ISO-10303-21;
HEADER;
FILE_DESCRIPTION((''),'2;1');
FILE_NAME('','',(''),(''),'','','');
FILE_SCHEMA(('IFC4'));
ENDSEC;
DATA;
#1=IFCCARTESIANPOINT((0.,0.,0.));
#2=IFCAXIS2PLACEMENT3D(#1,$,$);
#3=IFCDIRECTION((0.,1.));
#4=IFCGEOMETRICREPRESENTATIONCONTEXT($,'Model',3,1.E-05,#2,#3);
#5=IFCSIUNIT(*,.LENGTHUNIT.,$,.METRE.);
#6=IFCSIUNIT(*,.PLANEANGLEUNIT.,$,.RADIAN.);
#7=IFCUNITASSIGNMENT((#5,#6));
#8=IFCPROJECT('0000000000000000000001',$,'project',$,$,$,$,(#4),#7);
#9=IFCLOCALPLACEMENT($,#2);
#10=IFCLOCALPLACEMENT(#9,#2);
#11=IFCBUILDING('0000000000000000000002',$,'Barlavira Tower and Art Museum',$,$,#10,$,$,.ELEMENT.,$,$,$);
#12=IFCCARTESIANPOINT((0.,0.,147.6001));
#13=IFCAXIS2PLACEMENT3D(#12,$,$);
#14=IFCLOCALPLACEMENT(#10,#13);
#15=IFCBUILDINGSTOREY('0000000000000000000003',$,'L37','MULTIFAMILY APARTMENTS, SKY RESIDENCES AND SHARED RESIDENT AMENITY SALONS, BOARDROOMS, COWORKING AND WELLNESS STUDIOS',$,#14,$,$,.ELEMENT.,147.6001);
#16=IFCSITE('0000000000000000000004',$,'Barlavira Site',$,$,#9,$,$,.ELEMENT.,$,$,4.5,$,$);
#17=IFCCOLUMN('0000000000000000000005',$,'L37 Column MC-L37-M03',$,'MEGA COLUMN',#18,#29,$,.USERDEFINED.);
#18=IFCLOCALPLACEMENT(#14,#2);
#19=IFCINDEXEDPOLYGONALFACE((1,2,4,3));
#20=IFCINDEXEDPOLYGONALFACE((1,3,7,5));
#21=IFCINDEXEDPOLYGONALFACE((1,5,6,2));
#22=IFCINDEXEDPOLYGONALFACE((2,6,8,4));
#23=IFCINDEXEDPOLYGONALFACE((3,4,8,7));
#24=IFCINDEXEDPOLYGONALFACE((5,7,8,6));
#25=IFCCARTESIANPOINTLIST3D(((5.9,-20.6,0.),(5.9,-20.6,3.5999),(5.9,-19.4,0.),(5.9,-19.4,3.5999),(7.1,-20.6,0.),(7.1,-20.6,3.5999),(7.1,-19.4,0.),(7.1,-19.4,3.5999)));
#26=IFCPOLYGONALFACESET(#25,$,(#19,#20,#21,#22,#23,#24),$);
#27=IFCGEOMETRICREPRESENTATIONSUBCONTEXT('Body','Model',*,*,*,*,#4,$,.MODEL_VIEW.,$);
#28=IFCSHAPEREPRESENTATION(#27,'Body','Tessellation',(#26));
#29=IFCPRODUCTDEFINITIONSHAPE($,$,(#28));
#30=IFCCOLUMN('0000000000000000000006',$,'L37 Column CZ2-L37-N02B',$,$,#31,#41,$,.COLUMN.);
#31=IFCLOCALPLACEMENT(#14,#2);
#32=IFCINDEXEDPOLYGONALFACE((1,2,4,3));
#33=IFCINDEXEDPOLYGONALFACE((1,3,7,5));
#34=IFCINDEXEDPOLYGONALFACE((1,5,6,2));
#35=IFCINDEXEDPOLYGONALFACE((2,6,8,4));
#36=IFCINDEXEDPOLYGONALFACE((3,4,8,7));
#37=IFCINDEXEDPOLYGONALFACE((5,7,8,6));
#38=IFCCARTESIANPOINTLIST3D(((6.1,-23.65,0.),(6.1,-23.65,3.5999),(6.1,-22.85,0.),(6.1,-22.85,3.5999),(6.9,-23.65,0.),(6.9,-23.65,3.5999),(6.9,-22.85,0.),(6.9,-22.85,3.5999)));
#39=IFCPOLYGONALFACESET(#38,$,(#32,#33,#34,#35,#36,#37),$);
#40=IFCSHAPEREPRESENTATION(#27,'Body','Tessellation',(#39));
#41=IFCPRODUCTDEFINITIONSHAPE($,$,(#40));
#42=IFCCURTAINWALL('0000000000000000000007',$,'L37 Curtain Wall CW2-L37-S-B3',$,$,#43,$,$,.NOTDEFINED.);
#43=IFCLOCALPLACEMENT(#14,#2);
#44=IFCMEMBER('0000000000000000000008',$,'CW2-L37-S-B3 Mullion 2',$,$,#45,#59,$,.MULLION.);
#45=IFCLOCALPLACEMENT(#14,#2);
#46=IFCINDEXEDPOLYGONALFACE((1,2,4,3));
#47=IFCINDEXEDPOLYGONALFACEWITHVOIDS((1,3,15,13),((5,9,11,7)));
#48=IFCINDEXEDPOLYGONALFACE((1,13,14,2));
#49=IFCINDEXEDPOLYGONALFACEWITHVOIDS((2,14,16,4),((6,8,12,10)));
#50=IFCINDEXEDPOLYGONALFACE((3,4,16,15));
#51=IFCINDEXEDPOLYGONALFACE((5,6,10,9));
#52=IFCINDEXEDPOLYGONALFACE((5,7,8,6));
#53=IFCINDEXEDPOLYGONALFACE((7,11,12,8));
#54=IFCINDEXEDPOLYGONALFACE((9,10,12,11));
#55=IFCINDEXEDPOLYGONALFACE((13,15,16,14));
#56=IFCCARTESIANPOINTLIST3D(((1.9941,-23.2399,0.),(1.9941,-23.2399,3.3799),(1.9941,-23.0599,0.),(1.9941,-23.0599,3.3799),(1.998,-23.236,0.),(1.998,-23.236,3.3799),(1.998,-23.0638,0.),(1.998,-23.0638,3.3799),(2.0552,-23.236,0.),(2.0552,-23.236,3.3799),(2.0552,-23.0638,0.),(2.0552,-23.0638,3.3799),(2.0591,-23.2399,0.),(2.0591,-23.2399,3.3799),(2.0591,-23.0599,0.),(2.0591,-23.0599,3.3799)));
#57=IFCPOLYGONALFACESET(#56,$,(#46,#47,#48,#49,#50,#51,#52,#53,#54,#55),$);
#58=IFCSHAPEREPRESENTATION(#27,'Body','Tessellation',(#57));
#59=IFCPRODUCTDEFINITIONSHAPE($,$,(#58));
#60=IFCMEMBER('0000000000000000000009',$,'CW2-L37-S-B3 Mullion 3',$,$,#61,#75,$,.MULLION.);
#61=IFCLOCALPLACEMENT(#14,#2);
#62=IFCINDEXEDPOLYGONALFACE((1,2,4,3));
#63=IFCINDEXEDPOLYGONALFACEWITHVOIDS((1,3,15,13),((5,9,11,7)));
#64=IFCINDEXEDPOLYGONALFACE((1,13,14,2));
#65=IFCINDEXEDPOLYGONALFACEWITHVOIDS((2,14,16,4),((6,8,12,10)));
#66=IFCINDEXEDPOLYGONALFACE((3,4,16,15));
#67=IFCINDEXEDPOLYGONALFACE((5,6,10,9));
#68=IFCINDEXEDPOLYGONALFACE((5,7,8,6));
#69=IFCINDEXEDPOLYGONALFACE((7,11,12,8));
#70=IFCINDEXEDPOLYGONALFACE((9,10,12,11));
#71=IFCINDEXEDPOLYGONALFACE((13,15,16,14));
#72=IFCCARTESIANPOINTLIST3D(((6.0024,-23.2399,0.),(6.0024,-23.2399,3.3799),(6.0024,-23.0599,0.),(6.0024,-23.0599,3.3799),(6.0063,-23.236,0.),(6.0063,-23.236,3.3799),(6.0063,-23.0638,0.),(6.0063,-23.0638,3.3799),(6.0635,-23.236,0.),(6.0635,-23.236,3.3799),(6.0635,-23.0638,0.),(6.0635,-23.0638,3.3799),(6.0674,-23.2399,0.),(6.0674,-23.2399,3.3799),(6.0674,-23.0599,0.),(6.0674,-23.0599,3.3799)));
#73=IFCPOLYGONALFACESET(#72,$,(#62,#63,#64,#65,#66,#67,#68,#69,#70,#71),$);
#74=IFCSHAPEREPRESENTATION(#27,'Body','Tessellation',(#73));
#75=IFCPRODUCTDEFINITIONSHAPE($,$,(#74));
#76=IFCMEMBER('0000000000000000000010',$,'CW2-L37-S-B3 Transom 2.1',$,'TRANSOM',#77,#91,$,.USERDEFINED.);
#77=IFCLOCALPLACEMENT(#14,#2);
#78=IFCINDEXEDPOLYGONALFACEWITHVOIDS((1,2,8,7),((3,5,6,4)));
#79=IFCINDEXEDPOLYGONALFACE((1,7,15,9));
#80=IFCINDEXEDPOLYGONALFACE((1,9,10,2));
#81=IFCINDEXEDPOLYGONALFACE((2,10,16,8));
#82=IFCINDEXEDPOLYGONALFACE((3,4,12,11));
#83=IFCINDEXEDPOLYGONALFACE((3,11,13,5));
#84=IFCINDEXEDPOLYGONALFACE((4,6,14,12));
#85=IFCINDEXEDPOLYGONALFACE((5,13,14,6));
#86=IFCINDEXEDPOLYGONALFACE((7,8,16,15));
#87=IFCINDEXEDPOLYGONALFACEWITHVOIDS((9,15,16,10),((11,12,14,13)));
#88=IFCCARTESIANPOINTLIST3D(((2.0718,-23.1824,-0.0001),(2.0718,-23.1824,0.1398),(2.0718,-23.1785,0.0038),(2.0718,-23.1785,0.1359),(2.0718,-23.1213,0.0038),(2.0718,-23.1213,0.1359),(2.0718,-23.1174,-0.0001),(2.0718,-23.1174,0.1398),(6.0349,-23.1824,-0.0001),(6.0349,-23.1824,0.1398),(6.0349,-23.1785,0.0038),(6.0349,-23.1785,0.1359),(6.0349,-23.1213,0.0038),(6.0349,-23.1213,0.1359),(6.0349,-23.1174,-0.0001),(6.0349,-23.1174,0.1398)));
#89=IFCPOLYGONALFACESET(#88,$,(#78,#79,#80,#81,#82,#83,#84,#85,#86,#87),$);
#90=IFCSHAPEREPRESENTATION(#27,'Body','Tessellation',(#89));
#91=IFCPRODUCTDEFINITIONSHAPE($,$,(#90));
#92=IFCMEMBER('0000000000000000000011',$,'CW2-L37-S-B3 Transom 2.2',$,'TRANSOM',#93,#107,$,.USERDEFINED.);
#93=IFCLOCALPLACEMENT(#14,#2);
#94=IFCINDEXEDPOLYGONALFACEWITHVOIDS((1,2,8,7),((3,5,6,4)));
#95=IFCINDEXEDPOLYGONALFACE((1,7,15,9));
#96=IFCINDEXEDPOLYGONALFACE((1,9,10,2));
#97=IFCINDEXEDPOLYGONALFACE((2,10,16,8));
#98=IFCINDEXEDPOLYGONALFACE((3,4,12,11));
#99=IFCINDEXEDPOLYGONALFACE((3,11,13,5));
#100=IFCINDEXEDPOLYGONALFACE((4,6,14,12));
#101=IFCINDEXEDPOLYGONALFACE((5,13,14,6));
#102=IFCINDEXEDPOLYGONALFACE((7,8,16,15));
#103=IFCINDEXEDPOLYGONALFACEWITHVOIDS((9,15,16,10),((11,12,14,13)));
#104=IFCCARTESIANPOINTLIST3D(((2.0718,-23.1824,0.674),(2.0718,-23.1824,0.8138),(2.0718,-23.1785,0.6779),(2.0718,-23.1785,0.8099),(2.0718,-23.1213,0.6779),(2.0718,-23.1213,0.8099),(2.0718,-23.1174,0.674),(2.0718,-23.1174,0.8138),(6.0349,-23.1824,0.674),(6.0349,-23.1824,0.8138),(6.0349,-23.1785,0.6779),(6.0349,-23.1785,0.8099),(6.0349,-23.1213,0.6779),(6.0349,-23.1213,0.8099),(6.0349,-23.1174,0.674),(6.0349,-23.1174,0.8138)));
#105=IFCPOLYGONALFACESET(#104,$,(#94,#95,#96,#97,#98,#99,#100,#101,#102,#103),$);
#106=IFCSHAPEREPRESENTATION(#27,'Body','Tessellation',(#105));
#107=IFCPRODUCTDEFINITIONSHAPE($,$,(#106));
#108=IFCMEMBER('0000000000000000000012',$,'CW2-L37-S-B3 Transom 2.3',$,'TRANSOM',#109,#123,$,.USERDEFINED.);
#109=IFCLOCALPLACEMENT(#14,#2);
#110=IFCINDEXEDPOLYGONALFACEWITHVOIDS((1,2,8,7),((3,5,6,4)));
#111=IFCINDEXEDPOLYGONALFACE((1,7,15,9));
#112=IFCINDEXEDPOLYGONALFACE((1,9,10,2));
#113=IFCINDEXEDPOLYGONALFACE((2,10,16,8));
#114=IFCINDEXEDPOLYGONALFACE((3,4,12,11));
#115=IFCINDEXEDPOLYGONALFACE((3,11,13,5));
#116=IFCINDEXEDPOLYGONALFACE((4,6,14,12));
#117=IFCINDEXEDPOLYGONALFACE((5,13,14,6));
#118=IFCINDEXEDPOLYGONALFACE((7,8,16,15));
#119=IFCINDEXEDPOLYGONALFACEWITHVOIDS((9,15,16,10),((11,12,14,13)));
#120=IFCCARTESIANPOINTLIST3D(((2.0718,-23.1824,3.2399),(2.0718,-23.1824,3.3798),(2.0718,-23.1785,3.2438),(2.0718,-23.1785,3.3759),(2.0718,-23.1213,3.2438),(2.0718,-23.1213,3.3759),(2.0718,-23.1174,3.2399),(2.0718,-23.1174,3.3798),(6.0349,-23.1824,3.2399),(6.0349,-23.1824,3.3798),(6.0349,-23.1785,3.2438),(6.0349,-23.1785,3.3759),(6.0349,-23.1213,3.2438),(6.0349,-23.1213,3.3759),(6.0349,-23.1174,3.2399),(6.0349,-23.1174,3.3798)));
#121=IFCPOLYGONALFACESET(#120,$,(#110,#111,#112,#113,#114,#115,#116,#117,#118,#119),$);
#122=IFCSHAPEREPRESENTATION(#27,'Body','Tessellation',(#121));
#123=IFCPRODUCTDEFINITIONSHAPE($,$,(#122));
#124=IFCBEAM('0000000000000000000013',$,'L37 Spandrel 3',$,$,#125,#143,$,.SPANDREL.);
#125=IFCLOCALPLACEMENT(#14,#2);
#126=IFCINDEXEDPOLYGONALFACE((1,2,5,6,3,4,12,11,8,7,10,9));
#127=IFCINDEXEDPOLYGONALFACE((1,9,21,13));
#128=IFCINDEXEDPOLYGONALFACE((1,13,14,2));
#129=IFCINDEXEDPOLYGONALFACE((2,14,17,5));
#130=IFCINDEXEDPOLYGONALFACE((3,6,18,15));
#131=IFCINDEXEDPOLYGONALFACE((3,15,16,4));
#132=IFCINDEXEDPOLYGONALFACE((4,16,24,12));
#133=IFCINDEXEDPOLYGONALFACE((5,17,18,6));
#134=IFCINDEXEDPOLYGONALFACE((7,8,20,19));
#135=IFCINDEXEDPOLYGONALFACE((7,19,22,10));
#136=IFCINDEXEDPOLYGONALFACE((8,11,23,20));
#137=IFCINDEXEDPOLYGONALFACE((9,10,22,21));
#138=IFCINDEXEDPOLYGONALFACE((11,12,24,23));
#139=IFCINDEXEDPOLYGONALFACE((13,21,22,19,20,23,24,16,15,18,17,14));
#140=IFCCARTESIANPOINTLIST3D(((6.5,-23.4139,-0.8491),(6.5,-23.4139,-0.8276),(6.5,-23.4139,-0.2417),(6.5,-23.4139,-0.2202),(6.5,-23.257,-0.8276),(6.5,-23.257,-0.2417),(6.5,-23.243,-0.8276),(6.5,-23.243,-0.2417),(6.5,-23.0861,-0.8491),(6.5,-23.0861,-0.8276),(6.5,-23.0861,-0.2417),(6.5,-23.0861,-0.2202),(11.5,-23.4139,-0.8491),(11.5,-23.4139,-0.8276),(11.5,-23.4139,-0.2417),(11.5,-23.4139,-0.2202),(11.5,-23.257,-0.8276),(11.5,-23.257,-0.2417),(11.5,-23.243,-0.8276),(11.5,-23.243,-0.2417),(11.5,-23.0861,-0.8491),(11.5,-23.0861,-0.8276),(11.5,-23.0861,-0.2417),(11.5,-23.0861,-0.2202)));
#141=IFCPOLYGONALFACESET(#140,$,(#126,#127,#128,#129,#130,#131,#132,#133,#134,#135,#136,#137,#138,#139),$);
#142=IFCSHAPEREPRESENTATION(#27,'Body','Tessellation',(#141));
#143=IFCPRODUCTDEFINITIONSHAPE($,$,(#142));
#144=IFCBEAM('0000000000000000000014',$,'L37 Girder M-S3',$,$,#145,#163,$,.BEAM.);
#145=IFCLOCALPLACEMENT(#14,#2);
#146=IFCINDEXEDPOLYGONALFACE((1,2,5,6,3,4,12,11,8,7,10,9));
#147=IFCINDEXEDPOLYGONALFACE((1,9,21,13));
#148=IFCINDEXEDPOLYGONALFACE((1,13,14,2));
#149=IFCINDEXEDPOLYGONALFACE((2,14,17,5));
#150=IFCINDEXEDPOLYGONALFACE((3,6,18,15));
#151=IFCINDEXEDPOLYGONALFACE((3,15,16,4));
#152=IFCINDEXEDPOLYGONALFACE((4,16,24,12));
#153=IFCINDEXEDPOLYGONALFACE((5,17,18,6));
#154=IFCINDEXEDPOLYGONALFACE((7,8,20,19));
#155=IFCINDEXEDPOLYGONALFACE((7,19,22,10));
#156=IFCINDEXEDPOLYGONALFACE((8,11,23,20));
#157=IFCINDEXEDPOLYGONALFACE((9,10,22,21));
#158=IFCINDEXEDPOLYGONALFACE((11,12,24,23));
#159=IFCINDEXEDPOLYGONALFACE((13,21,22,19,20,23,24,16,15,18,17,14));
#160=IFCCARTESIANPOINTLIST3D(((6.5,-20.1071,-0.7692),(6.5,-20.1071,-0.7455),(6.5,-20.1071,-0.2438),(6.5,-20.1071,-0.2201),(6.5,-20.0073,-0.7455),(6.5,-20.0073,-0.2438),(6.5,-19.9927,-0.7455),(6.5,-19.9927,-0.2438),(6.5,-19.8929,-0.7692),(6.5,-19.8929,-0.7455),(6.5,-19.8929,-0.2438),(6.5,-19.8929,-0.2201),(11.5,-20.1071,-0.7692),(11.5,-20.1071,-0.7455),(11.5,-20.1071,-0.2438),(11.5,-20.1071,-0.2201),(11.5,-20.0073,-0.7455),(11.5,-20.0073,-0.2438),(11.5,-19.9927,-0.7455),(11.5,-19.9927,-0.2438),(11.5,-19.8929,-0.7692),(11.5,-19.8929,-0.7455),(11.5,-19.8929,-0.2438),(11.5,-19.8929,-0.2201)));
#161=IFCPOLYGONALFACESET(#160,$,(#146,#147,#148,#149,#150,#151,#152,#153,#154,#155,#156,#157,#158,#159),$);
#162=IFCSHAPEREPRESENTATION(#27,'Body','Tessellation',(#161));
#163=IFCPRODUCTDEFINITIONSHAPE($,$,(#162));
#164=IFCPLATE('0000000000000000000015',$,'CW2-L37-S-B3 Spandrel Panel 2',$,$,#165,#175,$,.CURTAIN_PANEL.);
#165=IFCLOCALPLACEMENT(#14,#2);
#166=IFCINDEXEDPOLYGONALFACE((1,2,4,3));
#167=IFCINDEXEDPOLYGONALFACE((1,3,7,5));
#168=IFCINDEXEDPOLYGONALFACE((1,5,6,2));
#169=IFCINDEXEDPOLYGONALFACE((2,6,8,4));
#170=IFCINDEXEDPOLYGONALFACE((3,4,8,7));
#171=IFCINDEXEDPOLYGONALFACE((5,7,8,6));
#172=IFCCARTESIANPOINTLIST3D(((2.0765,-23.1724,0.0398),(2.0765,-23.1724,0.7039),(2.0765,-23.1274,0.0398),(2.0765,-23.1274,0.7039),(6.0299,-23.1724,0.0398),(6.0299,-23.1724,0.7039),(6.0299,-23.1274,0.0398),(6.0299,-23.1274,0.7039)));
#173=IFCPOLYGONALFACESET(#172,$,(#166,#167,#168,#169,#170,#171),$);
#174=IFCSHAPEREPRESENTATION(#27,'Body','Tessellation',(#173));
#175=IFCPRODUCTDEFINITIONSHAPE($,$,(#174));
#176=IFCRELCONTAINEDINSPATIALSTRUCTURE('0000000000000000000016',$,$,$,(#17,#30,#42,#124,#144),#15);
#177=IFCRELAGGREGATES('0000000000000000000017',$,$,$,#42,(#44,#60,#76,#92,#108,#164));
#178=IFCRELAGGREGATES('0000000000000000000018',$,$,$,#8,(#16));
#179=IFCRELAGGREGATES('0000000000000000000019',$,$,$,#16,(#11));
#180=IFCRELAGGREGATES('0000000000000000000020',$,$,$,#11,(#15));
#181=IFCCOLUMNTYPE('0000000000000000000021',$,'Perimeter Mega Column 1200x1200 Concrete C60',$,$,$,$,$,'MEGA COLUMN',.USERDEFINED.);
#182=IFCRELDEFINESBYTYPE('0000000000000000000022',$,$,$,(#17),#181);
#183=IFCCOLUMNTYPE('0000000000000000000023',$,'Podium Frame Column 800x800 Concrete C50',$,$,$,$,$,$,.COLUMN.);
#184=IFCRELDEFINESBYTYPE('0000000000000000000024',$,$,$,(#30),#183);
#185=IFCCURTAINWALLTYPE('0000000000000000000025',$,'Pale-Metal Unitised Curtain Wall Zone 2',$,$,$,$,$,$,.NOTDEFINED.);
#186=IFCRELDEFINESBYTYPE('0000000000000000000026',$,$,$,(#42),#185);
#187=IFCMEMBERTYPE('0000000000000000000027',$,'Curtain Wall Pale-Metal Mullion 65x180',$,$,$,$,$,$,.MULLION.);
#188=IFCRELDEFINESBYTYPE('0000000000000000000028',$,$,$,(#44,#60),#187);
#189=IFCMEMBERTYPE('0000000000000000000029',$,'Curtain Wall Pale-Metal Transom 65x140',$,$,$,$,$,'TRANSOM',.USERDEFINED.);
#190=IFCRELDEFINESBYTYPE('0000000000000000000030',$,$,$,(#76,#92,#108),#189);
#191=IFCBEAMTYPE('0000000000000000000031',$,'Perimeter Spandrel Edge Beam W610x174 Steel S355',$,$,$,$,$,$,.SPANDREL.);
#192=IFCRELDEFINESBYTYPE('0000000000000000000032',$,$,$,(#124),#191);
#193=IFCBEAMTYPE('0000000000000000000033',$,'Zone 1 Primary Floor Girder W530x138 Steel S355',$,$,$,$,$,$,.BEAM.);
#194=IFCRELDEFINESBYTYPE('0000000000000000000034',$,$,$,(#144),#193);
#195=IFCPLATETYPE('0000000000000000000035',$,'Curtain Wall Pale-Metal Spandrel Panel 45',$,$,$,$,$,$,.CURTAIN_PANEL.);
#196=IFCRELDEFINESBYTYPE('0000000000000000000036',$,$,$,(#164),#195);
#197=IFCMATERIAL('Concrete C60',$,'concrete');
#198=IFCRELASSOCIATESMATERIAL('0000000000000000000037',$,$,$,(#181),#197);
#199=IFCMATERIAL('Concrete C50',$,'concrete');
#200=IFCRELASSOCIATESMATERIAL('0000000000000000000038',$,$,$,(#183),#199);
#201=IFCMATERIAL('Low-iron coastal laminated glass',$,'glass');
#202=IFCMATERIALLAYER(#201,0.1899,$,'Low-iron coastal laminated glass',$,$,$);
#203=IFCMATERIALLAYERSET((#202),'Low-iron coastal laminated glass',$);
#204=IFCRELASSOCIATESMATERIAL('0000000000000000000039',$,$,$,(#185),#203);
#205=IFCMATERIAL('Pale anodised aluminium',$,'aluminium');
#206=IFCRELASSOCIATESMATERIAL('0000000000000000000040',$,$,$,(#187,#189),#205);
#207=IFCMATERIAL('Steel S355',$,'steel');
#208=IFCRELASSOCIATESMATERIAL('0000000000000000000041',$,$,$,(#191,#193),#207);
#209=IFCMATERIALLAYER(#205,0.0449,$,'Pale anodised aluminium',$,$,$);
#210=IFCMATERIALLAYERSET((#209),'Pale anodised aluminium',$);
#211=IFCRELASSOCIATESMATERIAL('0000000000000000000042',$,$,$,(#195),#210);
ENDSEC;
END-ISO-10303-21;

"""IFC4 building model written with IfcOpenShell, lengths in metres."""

from ifc_helpers import new_model, si_unit, direction, frame, origin, origin_2d, place, context, subcontext, project, spatial, rectangle, hollow_rectangle, i_section, extrude, material, layer, layer_set, material_profile, profile_set, type_object, element, aggregate, save


model = new_model("IFC4")

# Units and contexts
model_context = context("Model", 3, precision=1e-05, world=origin(), true_north=direction((0.0, 1.0)))
body_context = subcontext(model_context, "Body", "Model", "MODEL_VIEW")
ifc_project = project(units=[si_unit("LENGTHUNIT", "METRE"), si_unit("PLANEANGLEUNIT", "RADIAN")], contexts=[model_context])

# Site, building, storey
site_placement = place(None, origin())
site = spatial("IfcSite", under=ifc_project, at=site_placement, Name="Barlavira Site", CompositionType="ELEMENT", RefElevation=4.5)
building_placement = place(site_placement, origin())
building = spatial("IfcBuilding", under=site, at=building_placement, Name="Barlavira Tower and Art Museum", CompositionType="ELEMENT")
storey_placement = place(building_placement, frame((0.0, 0.0, 147.6001)))
storey = spatial("IfcBuildingStorey", under=building, at=storey_placement, Name="L37", Description="MULTIFAMILY APARTMENTS, SKY RESIDENCES AND SHARED RESIDENT AMENITY SALONS, BOARDROOMS, COWORKING AND WELLNESS STUDIOS", CompositionType="ELEMENT", Elevation=147.6001)

# Columns
ifc_material_1 = material(Name="Concrete C60", Category="concrete")
ifc_material_profile_1 = material_profile(ifc_material_1, rectangle(XDim=1.2, YDim=1.2, at=origin_2d()), Name="RC-COL 1200x1200")
ifc_profile_set_1 = profile_set([ifc_material_profile_1], Name="Concrete C60")
column_type_1 = type_object("IfcColumnType", Name="Perimeter Mega Column 1200x1200 Concrete C60", ElementType="MEGA COLUMN", PredefinedType="USERDEFINED", material=ifc_profile_set_1)
column_1_placement = place(storey_placement, frame((6.5, -20.0, 0.0), z_axis=(0.0, 0.0, 1.0), x_axis=(1.0, 0.0, 0.0)))
element("IfcColumn", 1, at=column_1_placement, inside=storey, type_object=column_type_1, Name="L37 Column MC-L37-M03", ObjectType="MEGA COLUMN", PredefinedType="USERDEFINED", context=body_context, shape_type="SweptSolid", body=[
    extrude(rectangle(XDim=1.2, YDim=1.2, at=origin_2d()), origin(), (0.0, 0.0, 1.0), 3.5999),
])
ifc_material_2 = material(Name="Concrete C50", Category="concrete")
ifc_material_profile_2 = material_profile(ifc_material_2, rectangle(XDim=0.8, YDim=0.8, at=origin_2d()), Name="RC-COL 800x800")
ifc_profile_set_2 = profile_set([ifc_material_profile_2], Name="Concrete C50")
column_type_2 = type_object("IfcColumnType", Name="Podium Frame Column 800x800 Concrete C50", PredefinedType="COLUMN", material=ifc_profile_set_2)
column_2_placement = place(storey_placement, frame((6.5, -23.25, 0.0), z_axis=(0.0, 0.0, 1.0), x_axis=(1.0, 0.0, 0.0)))
element("IfcColumn", 2, at=column_2_placement, inside=storey, type_object=column_type_2, Name="L37 Column CZ2-L37-N02B", PredefinedType="COLUMN", context=body_context, shape_type="SweptSolid", body=[
    extrude(rectangle(XDim=0.8, YDim=0.8, at=origin_2d()), origin(), (0.0, 0.0, 1.0), 3.5999),
])

# Curtain wall, members
ifc_material_3 = material(Name="Low-iron coastal laminated glass", Category="glass")
ifc_layer_1 = layer(ifc_material_3, 0.1899, Name="Low-iron coastal laminated glass")
ifc_layer_set_1 = layer_set([ifc_layer_1], Name="Low-iron coastal laminated glass")
curtain_wall_type = type_object("IfcCurtainWallType", Name="Pale-Metal Unitised Curtain Wall Zone 2", PredefinedType="NOTDEFINED", material=ifc_layer_set_1)
curtain_wall_placement = place(storey_placement, origin())
curtain_wall = element("IfcCurtainWall", 3, at=curtain_wall_placement, inside=storey, type_object=curtain_wall_type, Name="L37 Curtain Wall CW2-L37-S-B3", PredefinedType="NOTDEFINED")
ifc_material_4 = material(Name="Pale anodised aluminium", Category="aluminium")
ifc_material_profile_3 = material_profile(ifc_material_4, hollow_rectangle(XDim=0.0649, YDim=0.1799, WallThickness=0.0039, at=origin_2d()), Name="ALU-MULL 65x180x4")
ifc_profile_set_3 = profile_set([ifc_material_profile_3], Name="Pale anodised aluminium")
member_type_1 = type_object("IfcMemberType", Name="Curtain Wall Pale-Metal Mullion 65x180", PredefinedType="MULLION", material=ifc_profile_set_3)
member_1_placement = place(storey_placement, frame((2.0266, -23.1499, 0.0), z_axis=(0.0, 0.0, 1.0), x_axis=(1.0, 0.0, 0.0)))
member_1 = element("IfcMember", 4, at=member_1_placement, type_object=member_type_1, Name="CW2-L37-S-B3 Mullion 2", PredefinedType="MULLION", context=body_context, shape_type="SweptSolid", body=[
    extrude(hollow_rectangle(XDim=0.0649, YDim=0.1799, WallThickness=0.0039, at=origin_2d()), origin(), (0.0, 0.0, 1.0), 3.3799),
])
member_2_placement = place(storey_placement, frame((6.0349, -23.1499, 0.0), z_axis=(0.0, 0.0, 1.0), x_axis=(1.0, 0.0, 0.0)))
member_2 = element("IfcMember", 5, at=member_2_placement, type_object=member_type_1, Name="CW2-L37-S-B3 Mullion 3", PredefinedType="MULLION", context=body_context, shape_type="SweptSolid", body=[
    extrude(hollow_rectangle(XDim=0.0649, YDim=0.1799, WallThickness=0.0039, at=origin_2d()), origin(), (0.0, 0.0, 1.0), 3.3799),
])
ifc_material_profile_4 = material_profile(ifc_material_4, hollow_rectangle(XDim=0.0649, YDim=0.1399, WallThickness=0.0039, at=origin_2d()), Name="ALU-TRAN 65x140x4")
ifc_profile_set_4 = profile_set([ifc_material_profile_4], Name="Pale anodised aluminium")
member_type_2 = type_object("IfcMemberType", Name="Curtain Wall Pale-Metal Transom 65x140", ElementType="TRANSOM", PredefinedType="USERDEFINED", material=ifc_profile_set_4)
member_3_placement = place(storey_placement, frame((2.0718, -23.1499, 0.0698), z_axis=(1.0, 0.0, 0.0), x_axis=(0.0, 1.0, 0.0)))
member_3 = element("IfcMember", 6, at=member_3_placement, type_object=member_type_2, Name="CW2-L37-S-B3 Transom 2.1", ObjectType="TRANSOM", PredefinedType="USERDEFINED", context=body_context, shape_type="SweptSolid", body=[
    extrude(hollow_rectangle(XDim=0.0649, YDim=0.1399, WallThickness=0.0039, at=origin_2d()), origin(), (0.0, 0.0, 1.0), 3.9631),
])
member_4_placement = place(storey_placement, frame((2.0718, -23.1499, 0.7439), z_axis=(1.0, 0.0, 0.0), x_axis=(0.0, 1.0, 0.0)))
member_4 = element("IfcMember", 7, at=member_4_placement, type_object=member_type_2, Name="CW2-L37-S-B3 Transom 2.2", ObjectType="TRANSOM", PredefinedType="USERDEFINED", context=body_context, shape_type="SweptSolid", body=[
    extrude(hollow_rectangle(XDim=0.0649, YDim=0.1399, WallThickness=0.0039, at=origin_2d()), origin(), (0.0, 0.0, 1.0), 3.9631),
])
member_5_placement = place(storey_placement, frame((2.0718, -23.1499, 3.3098), z_axis=(1.0, 0.0, 0.0), x_axis=(0.0, 1.0, 0.0)))
member_5 = element("IfcMember", 8, at=member_5_placement, type_object=member_type_2, Name="CW2-L37-S-B3 Transom 2.3", ObjectType="TRANSOM", PredefinedType="USERDEFINED", context=body_context, shape_type="SweptSolid", body=[
    extrude(hollow_rectangle(XDim=0.0649, YDim=0.1399, WallThickness=0.0039, at=origin_2d()), origin(), (0.0, 0.0, 1.0), 3.9631),
])

# Beams
ifc_material_5 = material(Name="Steel S355", Category="steel")
ifc_material_profile_5 = material_profile(ifc_material_5, i_section(OverallWidth=0.3279, OverallDepth=0.6289, WebThickness=0.0139, FlangeThickness=0.0215, at=origin_2d()), Name="W610x174.0")
ifc_profile_set_5 = profile_set([ifc_material_profile_5], Name="Steel S355")
beam_type_1 = type_object("IfcBeamType", Name="Perimeter Spandrel Edge Beam W610x174 Steel S355", PredefinedType="SPANDREL", material=ifc_profile_set_5)
beam_1_placement = place(storey_placement, frame((6.5, -23.25, -0.5347), z_axis=(1.0, 0.0, 0.0), x_axis=(0.0, 1.0, 0.0)))
element("IfcBeam", 9, at=beam_1_placement, inside=storey, type_object=beam_type_1, Name="L37 Spandrel 3", PredefinedType="SPANDREL", context=body_context, shape_type="SweptSolid", body=[
    extrude(i_section(OverallWidth=0.3279, OverallDepth=0.6289, WebThickness=0.0139, FlangeThickness=0.0215, at=origin_2d()), origin(), (0.0, 0.0, 1.0), 5.0),
])
ifc_material_profile_6 = material_profile(ifc_material_5, i_section(OverallWidth=0.2141, OverallDepth=0.5491, WebThickness=0.0146, FlangeThickness=0.0237, at=origin_2d()), Name="W530x138.0")
ifc_profile_set_6 = profile_set([ifc_material_profile_6], Name="Steel S355")
beam_type_2 = type_object("IfcBeamType", Name="Zone 1 Primary Floor Girder W530x138 Steel S355", PredefinedType="BEAM", material=ifc_profile_set_6)
beam_2_placement = place(storey_placement, frame((6.5, -20.0, -0.4946), z_axis=(1.0, 0.0, 0.0), x_axis=(0.0, 1.0, 0.0)))
element("IfcBeam", 10, at=beam_2_placement, inside=storey, type_object=beam_type_2, Name="L37 Girder M-S3", PredefinedType="BEAM", context=body_context, shape_type="SweptSolid", body=[
    extrude(i_section(OverallWidth=0.2141, OverallDepth=0.5491, WebThickness=0.0146, FlangeThickness=0.0237, at=origin_2d()), origin(), (0.0, 0.0, 1.0), 5.0),
])

# Plate
ifc_layer_2 = layer(ifc_material_4, 0.0449, Name="Pale anodised aluminium")
ifc_layer_set_2 = layer_set([ifc_layer_2], Name="Pale anodised aluminium")
plate_type_1 = type_object("IfcPlateType", Name="Curtain Wall Pale-Metal Spandrel Panel 45", PredefinedType="CURTAIN_PANEL", material=ifc_layer_set_2)
plate_1_placement = place(storey_placement, frame((4.0532, -23.1499, 0.0398), z_axis=(0.0, 0.0, 1.0), x_axis=(1.0, 0.0, 0.0)))
plate_1 = element("IfcPlate", 11, at=plate_1_placement, type_object=plate_type_1, Name="CW2-L37-S-B3 Spandrel Panel 2", PredefinedType="CURTAIN_PANEL", context=body_context, shape_type="SweptSolid", body=[
    extrude(rectangle(XDim=3.9534, YDim=0.0449, at=origin_2d()), origin(), (0.0, 0.0, 1.0), 0.6641),
])
aggregate(curtain_wall, [member_1, member_2, member_3, member_4, member_5, plate_1])

save(model, "model.ifc")
